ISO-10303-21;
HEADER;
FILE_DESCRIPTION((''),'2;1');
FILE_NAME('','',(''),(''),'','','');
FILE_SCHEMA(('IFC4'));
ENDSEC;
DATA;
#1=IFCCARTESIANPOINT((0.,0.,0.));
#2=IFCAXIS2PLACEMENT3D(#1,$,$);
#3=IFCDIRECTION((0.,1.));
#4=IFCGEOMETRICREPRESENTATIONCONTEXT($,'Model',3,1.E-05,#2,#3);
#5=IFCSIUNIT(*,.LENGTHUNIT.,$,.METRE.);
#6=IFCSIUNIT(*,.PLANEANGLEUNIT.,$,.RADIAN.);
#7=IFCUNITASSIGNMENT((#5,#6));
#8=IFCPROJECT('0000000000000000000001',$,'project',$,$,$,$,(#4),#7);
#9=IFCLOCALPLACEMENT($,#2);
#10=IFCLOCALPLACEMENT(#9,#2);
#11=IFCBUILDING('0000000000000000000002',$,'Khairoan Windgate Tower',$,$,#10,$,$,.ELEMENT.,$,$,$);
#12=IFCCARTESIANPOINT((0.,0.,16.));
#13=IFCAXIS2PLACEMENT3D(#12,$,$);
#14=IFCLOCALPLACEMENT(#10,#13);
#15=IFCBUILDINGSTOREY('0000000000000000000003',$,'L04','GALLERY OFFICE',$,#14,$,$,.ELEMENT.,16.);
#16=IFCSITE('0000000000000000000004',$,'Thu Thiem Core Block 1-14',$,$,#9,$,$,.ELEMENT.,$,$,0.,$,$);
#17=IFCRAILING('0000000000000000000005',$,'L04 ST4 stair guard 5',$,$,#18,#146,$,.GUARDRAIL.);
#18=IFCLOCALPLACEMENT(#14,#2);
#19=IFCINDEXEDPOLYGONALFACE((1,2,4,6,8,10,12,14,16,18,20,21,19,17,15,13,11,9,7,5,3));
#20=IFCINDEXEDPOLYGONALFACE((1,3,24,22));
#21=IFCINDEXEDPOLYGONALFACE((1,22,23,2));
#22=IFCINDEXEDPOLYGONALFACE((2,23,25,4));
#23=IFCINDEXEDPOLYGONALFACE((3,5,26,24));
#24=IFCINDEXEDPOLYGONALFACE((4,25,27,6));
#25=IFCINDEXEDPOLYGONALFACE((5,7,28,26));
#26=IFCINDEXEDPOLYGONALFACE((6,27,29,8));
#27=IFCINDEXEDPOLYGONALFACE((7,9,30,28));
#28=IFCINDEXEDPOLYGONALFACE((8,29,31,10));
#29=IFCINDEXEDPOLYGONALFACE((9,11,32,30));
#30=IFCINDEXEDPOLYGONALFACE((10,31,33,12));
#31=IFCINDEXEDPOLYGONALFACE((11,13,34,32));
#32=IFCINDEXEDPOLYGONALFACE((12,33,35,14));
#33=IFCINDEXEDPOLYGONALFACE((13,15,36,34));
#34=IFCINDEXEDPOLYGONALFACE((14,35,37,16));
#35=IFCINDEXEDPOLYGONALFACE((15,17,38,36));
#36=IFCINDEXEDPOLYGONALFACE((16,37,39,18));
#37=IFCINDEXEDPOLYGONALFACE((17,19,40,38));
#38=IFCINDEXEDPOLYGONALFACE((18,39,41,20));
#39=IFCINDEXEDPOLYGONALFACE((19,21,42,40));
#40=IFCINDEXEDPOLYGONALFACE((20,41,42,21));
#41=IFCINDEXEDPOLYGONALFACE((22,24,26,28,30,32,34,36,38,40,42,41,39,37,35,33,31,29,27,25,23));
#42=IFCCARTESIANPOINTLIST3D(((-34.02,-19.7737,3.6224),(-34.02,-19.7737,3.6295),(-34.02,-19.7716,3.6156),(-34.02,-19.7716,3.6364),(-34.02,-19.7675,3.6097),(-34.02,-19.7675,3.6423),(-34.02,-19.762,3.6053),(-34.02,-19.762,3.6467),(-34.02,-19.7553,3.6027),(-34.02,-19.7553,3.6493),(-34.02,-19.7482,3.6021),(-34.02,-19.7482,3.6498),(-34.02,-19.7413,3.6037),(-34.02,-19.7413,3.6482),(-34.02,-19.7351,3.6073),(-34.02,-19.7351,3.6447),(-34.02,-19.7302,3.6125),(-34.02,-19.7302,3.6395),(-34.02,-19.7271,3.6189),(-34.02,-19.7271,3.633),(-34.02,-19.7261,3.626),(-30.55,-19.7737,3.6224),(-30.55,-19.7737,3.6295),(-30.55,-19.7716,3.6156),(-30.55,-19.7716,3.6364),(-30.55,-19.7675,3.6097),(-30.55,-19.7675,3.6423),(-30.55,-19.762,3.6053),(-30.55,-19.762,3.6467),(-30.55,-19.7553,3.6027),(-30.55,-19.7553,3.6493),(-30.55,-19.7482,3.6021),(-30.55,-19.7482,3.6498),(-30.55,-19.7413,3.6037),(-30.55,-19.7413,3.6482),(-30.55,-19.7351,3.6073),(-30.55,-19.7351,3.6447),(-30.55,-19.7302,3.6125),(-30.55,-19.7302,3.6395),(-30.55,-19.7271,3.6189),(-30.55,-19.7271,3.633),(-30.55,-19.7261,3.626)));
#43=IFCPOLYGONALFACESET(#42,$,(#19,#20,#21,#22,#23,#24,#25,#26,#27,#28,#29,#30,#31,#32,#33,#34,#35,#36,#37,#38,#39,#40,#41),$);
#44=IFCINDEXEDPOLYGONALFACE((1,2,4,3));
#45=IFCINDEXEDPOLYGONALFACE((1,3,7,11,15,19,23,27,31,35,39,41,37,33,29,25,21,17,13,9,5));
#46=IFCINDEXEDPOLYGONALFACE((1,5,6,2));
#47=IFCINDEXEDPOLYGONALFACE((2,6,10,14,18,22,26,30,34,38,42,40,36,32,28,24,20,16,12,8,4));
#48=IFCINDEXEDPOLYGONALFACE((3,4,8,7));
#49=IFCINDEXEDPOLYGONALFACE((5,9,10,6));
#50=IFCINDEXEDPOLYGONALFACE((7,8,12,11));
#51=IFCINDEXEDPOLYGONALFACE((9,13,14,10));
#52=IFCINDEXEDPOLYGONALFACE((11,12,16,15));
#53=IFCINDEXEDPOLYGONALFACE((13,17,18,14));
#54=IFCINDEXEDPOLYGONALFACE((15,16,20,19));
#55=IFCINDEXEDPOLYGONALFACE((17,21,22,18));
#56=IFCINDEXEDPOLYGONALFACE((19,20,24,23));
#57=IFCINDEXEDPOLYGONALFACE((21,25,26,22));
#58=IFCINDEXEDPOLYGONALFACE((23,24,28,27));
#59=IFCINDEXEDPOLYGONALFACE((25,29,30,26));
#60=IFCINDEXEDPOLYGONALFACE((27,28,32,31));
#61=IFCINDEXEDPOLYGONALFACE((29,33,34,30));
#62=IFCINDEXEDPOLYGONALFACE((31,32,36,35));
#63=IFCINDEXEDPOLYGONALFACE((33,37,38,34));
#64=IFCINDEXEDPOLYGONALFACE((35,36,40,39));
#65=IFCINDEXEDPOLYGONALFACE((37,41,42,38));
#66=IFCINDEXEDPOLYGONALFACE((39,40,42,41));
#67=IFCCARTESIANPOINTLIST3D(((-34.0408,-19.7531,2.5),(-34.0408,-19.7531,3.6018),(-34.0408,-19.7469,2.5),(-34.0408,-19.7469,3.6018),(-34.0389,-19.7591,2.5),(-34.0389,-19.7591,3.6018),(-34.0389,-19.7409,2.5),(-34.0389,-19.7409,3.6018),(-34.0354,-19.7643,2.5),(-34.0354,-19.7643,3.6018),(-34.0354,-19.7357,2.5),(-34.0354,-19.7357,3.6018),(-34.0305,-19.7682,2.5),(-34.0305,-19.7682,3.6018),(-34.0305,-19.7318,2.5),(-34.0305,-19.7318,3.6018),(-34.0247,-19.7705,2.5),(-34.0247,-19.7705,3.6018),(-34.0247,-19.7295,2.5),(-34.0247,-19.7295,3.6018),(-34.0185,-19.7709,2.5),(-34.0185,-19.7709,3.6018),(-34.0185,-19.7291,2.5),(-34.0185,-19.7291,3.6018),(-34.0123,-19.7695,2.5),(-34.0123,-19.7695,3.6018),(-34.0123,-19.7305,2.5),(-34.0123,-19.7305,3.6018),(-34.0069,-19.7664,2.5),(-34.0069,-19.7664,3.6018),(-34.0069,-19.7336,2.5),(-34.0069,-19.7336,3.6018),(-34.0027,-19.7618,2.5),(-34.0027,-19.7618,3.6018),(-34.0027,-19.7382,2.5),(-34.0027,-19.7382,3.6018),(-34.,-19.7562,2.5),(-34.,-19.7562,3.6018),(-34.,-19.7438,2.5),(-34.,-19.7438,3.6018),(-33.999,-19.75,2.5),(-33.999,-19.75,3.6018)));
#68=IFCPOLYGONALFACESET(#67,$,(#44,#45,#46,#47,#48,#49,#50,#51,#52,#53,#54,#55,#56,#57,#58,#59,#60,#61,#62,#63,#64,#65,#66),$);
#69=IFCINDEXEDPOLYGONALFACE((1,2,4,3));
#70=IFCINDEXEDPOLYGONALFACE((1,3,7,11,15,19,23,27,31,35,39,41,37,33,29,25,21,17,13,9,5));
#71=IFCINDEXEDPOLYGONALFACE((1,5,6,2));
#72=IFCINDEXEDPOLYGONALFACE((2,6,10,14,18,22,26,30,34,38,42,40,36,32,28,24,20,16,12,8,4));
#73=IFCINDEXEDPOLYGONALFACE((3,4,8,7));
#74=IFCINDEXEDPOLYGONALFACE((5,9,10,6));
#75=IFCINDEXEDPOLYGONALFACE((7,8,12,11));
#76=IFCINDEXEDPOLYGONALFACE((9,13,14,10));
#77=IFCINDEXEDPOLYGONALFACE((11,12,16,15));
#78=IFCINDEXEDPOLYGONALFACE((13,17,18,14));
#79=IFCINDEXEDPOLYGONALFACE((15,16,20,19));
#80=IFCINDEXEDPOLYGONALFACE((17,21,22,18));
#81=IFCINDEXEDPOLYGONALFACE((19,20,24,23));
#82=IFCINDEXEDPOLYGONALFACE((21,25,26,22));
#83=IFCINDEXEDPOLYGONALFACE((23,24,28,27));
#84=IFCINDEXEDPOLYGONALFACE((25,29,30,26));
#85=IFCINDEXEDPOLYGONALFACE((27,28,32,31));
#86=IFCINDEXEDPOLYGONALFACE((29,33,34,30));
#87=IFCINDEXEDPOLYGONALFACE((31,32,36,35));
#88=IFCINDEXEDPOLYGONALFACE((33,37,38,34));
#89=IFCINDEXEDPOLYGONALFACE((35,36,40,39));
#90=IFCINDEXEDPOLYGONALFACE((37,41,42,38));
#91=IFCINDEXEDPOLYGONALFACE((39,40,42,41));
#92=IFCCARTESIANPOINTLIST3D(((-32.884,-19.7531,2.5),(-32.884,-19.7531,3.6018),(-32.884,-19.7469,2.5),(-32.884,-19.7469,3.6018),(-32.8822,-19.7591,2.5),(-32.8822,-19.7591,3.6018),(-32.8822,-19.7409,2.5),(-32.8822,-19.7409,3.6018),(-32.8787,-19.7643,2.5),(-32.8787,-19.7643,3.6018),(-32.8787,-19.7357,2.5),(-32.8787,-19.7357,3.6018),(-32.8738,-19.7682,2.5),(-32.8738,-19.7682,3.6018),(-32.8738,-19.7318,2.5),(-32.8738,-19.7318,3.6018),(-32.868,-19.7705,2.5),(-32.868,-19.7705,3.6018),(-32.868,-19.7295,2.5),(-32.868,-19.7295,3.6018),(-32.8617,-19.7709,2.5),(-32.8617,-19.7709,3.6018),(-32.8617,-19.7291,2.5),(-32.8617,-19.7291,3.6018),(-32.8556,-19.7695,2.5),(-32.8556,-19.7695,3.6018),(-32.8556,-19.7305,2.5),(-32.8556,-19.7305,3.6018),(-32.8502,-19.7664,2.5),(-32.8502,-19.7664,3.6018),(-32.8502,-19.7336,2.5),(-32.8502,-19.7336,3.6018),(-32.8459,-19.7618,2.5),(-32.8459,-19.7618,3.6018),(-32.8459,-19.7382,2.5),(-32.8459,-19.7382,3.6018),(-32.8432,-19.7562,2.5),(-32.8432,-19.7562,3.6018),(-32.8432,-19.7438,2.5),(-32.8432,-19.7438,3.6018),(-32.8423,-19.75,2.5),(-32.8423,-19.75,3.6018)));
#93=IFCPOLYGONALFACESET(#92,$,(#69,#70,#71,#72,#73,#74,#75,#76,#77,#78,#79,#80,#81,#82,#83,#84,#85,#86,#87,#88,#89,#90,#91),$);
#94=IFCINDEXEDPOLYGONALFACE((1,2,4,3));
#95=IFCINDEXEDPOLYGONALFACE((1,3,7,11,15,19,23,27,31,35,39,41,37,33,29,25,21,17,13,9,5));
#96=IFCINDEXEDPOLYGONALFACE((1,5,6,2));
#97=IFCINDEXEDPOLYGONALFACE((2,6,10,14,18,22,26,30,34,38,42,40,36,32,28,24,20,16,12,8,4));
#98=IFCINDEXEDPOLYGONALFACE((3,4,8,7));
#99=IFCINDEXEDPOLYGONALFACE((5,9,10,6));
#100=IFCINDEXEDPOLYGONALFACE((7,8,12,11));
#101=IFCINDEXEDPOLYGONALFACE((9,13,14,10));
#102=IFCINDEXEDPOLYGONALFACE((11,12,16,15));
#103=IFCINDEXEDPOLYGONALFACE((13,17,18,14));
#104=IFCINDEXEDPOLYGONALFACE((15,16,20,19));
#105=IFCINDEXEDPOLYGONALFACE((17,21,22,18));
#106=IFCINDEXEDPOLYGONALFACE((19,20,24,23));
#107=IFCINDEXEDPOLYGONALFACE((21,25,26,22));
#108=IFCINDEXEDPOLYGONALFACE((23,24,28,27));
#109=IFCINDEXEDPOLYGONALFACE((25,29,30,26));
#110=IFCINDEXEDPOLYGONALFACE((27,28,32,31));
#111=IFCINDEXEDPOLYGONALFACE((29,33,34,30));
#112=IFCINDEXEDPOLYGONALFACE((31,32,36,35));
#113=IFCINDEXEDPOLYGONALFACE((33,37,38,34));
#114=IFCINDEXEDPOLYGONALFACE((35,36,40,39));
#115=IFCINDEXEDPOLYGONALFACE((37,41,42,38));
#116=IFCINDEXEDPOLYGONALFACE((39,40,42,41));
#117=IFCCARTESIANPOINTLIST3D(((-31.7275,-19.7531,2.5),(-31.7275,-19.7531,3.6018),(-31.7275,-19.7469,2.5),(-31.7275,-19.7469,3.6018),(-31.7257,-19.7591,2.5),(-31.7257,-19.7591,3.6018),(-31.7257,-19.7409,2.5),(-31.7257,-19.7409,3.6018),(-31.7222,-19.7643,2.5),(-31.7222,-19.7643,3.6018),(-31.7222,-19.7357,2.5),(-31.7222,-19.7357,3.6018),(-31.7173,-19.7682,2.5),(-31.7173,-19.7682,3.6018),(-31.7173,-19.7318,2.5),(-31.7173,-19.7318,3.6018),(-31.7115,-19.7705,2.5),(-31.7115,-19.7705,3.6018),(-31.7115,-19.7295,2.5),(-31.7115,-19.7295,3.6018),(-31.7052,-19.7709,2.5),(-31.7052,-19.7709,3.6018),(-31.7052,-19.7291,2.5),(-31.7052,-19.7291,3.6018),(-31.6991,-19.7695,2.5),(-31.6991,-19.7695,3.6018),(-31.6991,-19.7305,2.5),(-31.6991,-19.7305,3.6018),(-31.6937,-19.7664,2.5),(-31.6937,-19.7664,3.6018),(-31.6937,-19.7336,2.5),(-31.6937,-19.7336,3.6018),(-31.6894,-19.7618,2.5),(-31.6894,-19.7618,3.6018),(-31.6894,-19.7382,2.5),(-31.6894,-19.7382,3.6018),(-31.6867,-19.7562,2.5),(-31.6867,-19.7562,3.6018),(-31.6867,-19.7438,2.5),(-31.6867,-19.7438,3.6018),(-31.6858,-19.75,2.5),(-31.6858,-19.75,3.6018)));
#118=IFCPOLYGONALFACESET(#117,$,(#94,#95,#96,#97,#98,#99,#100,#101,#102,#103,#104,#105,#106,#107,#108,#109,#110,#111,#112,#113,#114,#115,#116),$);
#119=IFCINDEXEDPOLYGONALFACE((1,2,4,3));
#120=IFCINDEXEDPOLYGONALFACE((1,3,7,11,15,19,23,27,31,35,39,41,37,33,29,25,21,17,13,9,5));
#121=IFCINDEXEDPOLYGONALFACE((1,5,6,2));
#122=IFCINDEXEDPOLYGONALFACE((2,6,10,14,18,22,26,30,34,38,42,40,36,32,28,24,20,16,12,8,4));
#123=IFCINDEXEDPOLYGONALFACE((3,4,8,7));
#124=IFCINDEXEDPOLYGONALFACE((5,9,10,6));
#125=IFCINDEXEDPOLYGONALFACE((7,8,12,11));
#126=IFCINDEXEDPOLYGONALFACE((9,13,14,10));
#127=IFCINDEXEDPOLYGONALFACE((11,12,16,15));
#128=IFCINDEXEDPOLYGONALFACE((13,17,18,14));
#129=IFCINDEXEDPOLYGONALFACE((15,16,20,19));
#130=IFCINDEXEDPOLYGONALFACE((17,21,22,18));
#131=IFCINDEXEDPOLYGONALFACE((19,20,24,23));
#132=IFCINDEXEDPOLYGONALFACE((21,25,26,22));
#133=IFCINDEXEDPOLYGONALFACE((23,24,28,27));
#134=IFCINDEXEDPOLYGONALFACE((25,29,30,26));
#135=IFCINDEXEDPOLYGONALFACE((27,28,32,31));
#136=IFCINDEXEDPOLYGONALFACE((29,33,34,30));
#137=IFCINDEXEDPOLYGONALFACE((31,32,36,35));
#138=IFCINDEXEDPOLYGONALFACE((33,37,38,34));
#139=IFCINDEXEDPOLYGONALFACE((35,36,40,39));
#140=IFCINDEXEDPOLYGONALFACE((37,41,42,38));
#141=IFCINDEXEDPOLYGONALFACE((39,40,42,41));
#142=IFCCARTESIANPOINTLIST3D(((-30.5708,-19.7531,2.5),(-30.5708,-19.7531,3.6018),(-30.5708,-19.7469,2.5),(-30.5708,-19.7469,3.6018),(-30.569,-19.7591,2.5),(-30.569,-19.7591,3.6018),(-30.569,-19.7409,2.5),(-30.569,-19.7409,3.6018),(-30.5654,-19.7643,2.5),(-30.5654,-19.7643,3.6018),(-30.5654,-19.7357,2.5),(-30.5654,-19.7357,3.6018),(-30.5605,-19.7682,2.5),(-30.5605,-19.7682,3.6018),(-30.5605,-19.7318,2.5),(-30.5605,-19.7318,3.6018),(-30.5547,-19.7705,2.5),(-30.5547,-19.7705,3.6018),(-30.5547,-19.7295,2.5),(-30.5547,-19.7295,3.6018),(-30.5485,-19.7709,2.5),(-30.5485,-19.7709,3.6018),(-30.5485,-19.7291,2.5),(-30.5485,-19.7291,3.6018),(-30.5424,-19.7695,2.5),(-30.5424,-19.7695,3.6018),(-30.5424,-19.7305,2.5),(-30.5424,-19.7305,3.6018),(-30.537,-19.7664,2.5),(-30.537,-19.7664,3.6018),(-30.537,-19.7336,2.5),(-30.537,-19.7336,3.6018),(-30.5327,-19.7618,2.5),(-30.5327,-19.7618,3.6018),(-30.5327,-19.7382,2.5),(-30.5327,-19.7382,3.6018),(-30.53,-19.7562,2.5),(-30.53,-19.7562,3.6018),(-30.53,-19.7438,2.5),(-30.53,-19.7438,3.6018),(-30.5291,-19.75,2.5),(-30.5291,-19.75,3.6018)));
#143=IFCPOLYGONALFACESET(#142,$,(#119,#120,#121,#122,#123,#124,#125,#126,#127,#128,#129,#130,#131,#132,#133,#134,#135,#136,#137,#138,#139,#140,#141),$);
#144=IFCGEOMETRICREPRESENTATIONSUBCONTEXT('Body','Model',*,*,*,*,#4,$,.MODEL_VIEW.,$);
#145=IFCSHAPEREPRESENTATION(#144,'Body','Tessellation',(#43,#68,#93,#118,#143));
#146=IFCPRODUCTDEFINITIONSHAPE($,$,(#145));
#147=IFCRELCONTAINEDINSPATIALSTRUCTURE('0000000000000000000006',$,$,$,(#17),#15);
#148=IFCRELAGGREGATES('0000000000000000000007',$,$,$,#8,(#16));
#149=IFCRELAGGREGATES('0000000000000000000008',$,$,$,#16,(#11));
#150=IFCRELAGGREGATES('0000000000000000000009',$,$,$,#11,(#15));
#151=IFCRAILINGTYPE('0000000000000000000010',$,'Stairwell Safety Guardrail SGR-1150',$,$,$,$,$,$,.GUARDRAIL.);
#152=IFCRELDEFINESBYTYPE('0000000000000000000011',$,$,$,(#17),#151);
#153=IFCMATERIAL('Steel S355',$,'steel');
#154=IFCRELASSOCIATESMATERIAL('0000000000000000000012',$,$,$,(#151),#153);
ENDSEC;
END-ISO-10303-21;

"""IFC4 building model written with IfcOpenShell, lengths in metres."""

from ifc_helpers import new_model, si_unit, direction, frame, origin, origin_2d, place, context, subcontext, project, spatial, circle, extrude, material, type_object, element, save


model = new_model("IFC4")

# Units and contexts
model_context = context("Model", 3, precision=1e-05, world=origin(), true_north=direction((0.0, 1.0)))
body_context = subcontext(model_context, "Body", "Model", "MODEL_VIEW")
ifc_project = project(units=[si_unit("LENGTHUNIT", "METRE"), si_unit("PLANEANGLEUNIT", "RADIAN")], contexts=[model_context])

# Site, building, storey
site_placement = place(None, origin())
site = spatial("IfcSite", under=ifc_project, at=site_placement, Name="Thu Thiem Core Block 1-14", CompositionType="ELEMENT", RefElevation=0.0)
building_placement = place(site_placement, origin())
building = spatial("IfcBuilding", under=site, at=building_placement, Name="Khairoan Windgate Tower", CompositionType="ELEMENT")
storey_placement = place(building_placement, frame((0.0, 0.0, 16.0)))
storey = spatial("IfcBuildingStorey", under=building, at=storey_placement, Name="L04", Description="GALLERY OFFICE", CompositionType="ELEMENT", Elevation=16.0)

# Railing
ifc_material_1 = material(Name="Steel S355", Category="steel")
railing_type_1 = type_object("IfcRailingType", Name="Stairwell Safety Guardrail SGR-1150", PredefinedType="GUARDRAIL", material=ifc_material_1)
railing_1_placement = place(storey_placement, frame((-34.02, -19.75, 2.5)))
element("IfcRailing", 1, at=railing_1_placement, inside=storey, type_object=railing_type_1, Name="L04 ST4 stair guard 5", PredefinedType="GUARDRAIL", context=body_context, shape_type="SweptSolid", body=[
    extrude(circle(Radius=0.0239, at=origin_2d()), frame((0.0, 0.0, 1.126), z_axis=(1.0, 0.0, 0.0), x_axis=(0.0, 1.0, 0.0)), (0.0, 0.0, 1.0), 3.47),
    extrude(circle(Radius=0.021, at=origin_2d()), origin(), (0.0, 0.0, 1.0), 1.1018),
    extrude(circle(Radius=0.021, at=origin_2d()), frame((1.1567, 0.0, 0.0)), (0.0, 0.0, 1.0), 1.1018),
    extrude(circle(Radius=0.021, at=origin_2d()), frame((2.3132, 0.0, 0.0)), (0.0, 0.0, 1.0), 1.1018),
    extrude(circle(Radius=0.021, at=origin_2d()), frame((3.47, 0.0, 0.0)), (0.0, 0.0, 1.0), 1.1018),
])

save(model, "model.ifc")
